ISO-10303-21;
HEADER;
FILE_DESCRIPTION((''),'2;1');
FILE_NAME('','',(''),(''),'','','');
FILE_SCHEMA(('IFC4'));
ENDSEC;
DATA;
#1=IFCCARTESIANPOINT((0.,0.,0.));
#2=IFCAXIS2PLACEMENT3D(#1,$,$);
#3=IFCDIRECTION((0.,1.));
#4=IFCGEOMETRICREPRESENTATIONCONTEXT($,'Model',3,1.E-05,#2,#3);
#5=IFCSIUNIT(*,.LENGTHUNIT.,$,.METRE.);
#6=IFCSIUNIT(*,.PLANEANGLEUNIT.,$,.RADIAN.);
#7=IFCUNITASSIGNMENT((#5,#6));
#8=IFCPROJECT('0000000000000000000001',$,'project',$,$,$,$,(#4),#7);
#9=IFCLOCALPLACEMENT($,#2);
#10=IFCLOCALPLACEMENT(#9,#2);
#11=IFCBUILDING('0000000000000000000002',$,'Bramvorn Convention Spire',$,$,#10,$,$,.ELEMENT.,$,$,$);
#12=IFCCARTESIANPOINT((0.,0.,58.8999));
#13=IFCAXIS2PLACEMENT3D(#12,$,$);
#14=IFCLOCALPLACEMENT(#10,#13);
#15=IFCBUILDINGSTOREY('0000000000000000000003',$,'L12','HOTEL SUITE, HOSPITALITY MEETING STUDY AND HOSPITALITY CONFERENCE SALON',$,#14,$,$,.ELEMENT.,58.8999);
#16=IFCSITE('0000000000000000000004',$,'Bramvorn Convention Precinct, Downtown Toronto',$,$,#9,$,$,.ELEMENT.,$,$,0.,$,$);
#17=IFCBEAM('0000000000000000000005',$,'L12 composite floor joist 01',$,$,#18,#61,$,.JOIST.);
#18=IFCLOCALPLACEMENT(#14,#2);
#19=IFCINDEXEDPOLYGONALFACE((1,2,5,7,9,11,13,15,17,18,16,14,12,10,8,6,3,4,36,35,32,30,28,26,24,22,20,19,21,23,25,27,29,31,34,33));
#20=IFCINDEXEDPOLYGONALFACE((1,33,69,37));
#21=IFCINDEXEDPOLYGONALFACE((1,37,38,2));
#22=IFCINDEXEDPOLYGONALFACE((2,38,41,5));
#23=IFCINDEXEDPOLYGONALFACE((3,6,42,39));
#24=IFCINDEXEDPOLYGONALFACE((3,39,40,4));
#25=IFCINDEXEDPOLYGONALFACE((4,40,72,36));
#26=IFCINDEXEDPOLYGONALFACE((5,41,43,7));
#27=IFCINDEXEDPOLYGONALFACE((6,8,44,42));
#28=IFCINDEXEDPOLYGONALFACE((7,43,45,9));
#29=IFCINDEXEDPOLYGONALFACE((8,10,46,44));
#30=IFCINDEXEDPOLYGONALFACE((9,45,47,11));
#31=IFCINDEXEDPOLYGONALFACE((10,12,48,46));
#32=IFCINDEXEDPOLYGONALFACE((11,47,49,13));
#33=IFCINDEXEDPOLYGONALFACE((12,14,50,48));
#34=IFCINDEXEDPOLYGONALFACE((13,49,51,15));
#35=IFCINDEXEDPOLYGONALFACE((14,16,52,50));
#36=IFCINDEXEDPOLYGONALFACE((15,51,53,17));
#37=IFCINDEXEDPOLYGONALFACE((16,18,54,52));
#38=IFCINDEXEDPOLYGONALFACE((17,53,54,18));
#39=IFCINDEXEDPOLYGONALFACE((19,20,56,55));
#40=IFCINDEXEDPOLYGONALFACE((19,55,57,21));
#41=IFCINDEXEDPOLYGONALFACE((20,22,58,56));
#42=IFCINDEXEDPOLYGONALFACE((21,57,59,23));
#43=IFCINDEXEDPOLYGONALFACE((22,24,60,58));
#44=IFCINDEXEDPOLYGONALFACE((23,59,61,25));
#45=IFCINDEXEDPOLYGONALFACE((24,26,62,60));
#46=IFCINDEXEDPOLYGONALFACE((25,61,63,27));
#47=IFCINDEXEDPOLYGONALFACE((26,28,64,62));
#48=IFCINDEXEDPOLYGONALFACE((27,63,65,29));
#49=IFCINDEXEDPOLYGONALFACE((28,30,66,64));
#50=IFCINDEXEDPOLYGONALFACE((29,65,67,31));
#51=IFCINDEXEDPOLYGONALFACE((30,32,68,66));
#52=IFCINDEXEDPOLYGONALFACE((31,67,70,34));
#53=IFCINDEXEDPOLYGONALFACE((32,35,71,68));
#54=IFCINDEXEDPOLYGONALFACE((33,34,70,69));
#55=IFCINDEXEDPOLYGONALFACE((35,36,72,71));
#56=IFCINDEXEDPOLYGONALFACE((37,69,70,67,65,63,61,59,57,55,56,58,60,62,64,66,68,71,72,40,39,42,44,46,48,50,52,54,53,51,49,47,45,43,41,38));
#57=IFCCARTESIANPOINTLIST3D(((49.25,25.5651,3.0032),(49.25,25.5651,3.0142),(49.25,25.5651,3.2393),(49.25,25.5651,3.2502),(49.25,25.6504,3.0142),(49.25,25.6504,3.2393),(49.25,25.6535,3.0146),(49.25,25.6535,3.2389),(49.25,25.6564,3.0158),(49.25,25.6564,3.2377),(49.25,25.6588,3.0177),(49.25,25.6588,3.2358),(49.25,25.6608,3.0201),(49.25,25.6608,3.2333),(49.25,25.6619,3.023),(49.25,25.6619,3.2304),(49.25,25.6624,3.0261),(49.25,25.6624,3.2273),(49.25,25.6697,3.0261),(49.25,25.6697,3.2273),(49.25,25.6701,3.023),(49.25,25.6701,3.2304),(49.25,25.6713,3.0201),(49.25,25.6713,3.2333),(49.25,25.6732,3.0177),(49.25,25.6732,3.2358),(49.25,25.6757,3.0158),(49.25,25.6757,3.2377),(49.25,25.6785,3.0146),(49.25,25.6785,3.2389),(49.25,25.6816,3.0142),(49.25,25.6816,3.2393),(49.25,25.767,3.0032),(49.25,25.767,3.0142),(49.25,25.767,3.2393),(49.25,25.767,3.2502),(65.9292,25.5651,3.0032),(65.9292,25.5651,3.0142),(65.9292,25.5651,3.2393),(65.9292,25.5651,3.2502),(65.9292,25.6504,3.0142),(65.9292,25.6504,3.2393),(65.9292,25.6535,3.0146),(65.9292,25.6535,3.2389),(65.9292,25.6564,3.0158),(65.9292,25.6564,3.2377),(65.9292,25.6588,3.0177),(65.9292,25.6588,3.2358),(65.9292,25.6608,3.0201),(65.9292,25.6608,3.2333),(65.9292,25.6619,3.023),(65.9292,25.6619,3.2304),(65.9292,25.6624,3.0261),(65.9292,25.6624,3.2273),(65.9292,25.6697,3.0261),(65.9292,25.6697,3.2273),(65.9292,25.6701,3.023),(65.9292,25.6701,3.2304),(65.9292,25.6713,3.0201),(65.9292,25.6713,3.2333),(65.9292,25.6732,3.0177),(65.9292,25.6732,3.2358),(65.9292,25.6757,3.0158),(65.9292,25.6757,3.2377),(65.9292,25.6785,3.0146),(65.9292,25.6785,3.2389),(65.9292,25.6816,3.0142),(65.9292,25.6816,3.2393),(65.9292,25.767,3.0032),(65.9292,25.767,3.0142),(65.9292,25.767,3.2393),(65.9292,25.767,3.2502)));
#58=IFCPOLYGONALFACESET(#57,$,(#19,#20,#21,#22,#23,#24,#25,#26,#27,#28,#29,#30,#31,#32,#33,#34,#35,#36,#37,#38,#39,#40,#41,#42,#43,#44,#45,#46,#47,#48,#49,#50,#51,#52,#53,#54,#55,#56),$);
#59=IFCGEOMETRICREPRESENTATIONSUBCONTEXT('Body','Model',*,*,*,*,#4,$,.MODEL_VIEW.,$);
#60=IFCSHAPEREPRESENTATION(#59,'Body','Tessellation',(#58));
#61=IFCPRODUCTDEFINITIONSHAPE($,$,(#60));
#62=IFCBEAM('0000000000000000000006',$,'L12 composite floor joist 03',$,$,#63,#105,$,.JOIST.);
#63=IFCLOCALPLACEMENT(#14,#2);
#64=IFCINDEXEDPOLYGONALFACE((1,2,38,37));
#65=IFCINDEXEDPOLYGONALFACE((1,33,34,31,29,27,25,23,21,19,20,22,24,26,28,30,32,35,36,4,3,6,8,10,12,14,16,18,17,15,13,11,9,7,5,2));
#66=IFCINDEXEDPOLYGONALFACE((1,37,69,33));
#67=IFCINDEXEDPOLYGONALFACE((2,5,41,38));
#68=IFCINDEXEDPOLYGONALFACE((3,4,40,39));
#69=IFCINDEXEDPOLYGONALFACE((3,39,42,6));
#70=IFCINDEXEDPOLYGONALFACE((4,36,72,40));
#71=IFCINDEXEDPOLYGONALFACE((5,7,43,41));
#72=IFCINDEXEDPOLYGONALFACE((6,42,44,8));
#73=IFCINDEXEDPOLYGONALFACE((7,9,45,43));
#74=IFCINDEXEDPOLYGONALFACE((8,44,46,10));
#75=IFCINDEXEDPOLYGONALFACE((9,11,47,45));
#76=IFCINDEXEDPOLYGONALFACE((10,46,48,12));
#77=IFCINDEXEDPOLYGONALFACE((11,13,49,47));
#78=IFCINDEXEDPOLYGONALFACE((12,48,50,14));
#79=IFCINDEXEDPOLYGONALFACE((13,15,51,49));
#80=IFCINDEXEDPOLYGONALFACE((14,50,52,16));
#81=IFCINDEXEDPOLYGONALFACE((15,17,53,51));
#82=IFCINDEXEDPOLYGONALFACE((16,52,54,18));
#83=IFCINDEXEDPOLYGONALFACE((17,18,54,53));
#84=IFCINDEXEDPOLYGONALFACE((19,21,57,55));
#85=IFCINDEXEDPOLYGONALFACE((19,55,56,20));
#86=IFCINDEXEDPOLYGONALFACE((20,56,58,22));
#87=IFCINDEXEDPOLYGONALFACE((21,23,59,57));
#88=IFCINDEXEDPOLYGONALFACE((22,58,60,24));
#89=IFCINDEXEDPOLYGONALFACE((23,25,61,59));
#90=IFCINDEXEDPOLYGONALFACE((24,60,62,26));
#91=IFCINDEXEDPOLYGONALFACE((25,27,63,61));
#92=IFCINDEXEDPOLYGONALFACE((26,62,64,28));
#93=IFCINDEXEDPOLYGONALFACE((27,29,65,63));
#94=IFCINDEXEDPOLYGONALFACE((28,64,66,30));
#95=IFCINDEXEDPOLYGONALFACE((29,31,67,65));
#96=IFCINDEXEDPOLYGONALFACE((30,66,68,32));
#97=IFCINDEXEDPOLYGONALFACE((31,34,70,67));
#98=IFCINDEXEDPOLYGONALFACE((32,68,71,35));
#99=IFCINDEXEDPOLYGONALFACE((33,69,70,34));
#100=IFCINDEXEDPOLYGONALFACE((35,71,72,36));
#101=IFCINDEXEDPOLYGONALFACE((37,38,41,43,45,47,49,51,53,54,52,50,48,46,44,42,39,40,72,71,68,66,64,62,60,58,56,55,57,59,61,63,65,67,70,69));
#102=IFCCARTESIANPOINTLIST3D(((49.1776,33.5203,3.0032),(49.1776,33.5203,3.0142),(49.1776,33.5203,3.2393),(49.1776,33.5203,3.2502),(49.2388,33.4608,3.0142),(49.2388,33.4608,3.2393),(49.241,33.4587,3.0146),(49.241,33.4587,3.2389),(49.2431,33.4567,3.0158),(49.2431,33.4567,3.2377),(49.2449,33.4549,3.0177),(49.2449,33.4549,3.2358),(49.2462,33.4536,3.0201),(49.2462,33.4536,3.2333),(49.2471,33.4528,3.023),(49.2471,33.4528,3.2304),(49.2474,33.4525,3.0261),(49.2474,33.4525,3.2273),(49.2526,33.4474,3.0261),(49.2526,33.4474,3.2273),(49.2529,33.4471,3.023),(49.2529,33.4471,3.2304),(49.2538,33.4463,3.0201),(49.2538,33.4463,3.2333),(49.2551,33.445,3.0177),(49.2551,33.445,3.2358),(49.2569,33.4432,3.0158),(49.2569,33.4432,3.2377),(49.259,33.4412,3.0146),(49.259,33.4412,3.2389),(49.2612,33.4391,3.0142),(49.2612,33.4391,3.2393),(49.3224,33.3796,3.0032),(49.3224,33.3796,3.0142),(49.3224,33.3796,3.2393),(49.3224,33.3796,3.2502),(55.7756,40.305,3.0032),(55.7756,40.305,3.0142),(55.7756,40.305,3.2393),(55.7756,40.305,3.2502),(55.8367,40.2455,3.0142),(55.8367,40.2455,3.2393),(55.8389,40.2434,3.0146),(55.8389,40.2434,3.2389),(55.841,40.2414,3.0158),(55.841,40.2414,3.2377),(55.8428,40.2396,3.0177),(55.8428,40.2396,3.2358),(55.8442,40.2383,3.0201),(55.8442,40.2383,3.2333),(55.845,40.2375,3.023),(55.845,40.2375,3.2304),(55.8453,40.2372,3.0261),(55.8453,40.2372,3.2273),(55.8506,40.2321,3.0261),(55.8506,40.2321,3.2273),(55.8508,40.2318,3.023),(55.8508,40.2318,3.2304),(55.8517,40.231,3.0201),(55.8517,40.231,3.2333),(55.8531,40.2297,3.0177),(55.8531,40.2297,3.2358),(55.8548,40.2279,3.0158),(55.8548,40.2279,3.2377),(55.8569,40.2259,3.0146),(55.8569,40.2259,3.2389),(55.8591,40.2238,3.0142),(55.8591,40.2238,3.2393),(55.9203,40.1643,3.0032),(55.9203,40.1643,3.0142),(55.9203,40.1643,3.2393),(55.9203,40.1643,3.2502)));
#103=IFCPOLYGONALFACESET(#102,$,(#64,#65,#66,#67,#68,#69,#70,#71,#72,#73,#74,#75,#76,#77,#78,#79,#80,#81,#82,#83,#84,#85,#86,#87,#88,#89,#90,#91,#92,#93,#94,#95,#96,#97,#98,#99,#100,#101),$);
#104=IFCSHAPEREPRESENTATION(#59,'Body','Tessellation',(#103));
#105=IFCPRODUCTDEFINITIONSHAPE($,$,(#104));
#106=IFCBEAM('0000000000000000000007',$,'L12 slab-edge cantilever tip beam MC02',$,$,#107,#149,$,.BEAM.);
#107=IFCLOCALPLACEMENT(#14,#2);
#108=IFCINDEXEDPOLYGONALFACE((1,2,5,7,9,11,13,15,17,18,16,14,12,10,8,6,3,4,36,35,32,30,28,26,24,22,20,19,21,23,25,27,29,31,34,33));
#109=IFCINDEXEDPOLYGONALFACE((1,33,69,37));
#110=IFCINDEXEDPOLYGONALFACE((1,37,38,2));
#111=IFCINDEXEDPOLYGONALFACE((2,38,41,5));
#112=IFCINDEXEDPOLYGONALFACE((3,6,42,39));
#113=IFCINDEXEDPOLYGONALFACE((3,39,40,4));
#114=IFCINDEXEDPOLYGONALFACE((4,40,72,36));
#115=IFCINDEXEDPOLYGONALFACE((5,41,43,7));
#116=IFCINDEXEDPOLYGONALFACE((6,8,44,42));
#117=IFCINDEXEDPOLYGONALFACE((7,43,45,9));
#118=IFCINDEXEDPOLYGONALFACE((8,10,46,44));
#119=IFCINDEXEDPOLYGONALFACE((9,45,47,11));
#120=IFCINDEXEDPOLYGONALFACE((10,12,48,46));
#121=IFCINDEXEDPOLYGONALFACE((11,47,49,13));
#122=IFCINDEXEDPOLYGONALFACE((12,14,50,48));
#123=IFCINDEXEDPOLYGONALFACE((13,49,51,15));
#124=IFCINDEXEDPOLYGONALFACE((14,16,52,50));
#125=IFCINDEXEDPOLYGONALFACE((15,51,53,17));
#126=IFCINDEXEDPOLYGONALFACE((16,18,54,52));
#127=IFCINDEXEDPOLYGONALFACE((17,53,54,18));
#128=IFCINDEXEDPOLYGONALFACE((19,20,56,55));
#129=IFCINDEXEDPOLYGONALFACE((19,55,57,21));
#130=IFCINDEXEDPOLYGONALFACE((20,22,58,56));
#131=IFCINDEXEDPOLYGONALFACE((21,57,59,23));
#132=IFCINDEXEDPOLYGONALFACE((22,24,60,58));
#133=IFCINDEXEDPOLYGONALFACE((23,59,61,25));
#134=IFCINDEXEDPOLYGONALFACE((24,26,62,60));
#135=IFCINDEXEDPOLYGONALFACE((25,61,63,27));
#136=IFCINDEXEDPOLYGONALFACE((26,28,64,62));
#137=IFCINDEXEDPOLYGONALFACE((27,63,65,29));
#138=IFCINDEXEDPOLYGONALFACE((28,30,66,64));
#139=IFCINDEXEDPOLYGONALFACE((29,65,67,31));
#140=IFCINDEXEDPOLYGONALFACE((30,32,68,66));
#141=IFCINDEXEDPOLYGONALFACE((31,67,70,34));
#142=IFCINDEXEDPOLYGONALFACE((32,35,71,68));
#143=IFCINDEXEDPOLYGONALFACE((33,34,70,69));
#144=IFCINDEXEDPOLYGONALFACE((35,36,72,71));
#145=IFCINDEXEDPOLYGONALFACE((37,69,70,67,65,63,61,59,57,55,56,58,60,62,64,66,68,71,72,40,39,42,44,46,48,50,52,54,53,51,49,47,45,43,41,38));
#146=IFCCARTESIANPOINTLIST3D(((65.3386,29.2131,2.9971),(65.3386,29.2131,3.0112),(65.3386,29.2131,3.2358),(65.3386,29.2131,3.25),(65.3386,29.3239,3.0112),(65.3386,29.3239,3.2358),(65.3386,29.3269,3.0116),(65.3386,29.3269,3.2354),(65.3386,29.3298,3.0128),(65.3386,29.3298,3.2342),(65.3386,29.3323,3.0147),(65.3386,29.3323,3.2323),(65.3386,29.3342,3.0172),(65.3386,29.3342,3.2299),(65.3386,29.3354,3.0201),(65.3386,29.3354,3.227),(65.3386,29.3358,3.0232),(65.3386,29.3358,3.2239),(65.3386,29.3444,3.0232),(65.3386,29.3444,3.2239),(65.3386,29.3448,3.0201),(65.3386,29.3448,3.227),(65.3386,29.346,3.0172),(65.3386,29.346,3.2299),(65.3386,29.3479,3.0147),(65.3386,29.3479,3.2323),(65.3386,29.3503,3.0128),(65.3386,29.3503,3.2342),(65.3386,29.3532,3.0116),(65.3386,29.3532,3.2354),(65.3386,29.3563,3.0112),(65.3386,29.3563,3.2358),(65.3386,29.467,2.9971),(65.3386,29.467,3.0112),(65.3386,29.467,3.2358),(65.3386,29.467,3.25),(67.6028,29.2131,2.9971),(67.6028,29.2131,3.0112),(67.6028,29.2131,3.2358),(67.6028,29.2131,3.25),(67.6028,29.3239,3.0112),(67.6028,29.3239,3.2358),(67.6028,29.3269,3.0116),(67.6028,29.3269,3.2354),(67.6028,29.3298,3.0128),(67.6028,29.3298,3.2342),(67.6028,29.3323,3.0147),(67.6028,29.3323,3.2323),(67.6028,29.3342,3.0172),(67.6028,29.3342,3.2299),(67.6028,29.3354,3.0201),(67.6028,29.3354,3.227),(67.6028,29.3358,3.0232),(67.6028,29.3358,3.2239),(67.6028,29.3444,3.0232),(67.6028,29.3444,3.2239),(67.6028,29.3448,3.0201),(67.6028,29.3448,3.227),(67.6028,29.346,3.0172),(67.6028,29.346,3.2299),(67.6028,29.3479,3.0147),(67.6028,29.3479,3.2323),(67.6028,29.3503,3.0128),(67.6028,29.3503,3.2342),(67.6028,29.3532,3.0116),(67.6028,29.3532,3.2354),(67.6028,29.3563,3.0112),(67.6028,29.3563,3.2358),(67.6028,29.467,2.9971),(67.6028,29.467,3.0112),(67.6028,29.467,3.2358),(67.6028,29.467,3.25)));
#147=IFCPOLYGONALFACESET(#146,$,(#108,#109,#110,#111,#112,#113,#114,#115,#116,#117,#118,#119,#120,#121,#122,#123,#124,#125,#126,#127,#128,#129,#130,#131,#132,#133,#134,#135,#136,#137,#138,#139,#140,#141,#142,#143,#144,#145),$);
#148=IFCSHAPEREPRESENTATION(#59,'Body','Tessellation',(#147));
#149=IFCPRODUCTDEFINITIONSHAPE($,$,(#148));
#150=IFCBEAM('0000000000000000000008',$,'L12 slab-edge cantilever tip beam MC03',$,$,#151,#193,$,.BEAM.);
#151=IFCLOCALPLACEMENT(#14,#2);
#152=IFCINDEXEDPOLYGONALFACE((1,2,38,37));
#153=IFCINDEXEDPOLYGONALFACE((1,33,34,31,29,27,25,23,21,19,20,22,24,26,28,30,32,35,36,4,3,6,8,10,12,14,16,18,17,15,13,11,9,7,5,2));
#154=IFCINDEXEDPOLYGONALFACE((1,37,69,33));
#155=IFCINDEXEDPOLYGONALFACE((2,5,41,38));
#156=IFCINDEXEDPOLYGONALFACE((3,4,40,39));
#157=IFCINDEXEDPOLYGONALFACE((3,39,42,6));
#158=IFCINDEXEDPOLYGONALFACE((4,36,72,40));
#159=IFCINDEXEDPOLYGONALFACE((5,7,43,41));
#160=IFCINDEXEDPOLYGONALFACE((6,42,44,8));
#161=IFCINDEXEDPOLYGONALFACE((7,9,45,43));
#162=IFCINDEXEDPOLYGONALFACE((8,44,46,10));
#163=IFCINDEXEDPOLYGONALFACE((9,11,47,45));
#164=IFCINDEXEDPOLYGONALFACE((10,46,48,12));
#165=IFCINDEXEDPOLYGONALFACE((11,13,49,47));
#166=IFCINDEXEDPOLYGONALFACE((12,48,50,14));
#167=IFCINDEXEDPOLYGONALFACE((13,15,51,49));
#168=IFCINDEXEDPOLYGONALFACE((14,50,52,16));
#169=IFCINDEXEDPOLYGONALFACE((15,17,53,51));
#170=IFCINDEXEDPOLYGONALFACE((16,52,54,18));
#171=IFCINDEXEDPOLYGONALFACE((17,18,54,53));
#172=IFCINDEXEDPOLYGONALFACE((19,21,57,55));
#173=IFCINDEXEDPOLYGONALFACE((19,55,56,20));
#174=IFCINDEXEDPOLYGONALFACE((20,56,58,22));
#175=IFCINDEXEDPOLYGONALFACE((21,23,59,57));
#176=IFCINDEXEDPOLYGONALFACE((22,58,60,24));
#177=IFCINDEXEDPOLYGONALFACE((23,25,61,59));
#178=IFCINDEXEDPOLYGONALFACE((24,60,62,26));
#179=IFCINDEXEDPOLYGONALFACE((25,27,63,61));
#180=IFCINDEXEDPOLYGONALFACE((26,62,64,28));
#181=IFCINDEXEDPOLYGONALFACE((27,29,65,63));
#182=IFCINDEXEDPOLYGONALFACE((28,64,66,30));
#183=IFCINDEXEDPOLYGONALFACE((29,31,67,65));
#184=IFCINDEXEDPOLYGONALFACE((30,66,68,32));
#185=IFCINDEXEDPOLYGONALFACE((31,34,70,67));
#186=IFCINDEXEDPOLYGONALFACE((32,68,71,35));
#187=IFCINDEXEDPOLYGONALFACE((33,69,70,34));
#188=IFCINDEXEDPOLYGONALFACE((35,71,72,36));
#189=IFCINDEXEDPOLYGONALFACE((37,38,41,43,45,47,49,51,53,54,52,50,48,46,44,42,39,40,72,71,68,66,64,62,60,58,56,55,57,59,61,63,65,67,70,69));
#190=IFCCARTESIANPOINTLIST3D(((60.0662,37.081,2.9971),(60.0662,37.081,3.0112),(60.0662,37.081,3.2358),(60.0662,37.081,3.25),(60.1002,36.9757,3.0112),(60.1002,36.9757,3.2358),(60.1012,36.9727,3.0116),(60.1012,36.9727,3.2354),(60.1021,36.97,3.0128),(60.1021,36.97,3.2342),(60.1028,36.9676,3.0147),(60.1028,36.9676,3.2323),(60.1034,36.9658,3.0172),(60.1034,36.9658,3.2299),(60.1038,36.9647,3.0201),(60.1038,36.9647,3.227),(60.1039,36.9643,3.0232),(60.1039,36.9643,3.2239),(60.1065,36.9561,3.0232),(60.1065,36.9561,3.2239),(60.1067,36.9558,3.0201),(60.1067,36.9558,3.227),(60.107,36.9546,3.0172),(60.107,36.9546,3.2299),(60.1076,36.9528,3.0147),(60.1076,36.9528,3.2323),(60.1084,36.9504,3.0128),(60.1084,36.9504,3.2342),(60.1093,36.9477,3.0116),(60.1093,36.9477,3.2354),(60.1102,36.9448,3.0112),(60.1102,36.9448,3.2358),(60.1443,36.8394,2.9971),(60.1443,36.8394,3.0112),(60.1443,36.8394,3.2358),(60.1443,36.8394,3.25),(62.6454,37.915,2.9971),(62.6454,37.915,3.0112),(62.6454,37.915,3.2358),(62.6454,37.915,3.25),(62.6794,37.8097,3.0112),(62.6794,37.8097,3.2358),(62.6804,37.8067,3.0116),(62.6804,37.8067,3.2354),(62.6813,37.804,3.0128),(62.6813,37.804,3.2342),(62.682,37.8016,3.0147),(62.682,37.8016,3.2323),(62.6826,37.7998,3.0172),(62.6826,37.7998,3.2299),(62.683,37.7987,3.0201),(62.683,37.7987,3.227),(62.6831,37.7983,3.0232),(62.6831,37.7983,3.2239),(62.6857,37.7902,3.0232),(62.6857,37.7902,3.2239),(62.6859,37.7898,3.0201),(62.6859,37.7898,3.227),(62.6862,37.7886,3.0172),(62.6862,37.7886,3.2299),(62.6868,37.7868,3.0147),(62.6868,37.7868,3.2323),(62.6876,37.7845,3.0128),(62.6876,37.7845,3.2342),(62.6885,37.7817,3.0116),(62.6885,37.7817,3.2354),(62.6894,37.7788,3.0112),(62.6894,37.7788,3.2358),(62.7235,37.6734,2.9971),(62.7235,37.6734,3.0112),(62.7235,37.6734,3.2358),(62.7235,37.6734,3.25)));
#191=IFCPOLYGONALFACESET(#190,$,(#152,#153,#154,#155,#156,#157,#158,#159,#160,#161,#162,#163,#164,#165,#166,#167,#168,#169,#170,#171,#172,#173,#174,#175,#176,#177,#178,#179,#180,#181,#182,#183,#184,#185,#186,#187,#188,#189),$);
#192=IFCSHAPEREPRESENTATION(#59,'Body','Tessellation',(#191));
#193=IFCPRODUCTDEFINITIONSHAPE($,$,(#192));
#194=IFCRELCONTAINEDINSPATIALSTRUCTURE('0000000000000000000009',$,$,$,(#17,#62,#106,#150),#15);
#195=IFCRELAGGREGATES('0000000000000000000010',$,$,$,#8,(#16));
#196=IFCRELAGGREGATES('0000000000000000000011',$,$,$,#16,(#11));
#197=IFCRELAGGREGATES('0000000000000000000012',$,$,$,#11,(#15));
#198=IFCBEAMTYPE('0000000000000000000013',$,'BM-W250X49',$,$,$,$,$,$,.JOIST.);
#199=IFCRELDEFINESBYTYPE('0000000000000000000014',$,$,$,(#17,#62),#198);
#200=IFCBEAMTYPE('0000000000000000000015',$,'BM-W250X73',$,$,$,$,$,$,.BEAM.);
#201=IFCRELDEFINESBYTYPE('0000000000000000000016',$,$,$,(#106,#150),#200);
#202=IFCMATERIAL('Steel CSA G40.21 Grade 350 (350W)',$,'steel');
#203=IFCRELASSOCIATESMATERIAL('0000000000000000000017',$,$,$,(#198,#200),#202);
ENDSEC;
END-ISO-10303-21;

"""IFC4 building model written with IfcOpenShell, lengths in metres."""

from ifc_helpers import new_model, si_unit, direction, frame, origin, origin_2d, place, context, subcontext, project, spatial, i_section, extrude, material, material_profile, profile_set, type_object, element, save


model = new_model("IFC4")

# Units and contexts
model_context = context("Model", 3, precision=1e-05, world=origin(), true_north=direction((0.0, 1.0)))
body_context = subcontext(model_context, "Body", "Model", "MODEL_VIEW")
ifc_project = project(units=[si_unit("LENGTHUNIT", "METRE"), si_unit("PLANEANGLEUNIT", "RADIAN")], contexts=[model_context])

# Site, building, storey
site_placement = place(None, origin())
site = spatial("IfcSite", under=ifc_project, at=site_placement, Name="Bramvorn Convention Precinct, Downtown Toronto", CompositionType="ELEMENT", RefElevation=0.0)
building_placement = place(site_placement, origin())
building = spatial("IfcBuilding", under=site, at=building_placement, Name="Bramvorn Convention Spire", CompositionType="ELEMENT")
storey_placement = place(building_placement, frame((0.0, 0.0, 58.8999)))
storey = spatial("IfcBuildingStorey", under=building, at=storey_placement, Name="L12", Description="HOTEL SUITE, HOSPITALITY MEETING STUDY AND HOSPITALITY CONFERENCE SALON", CompositionType="ELEMENT", Elevation=58.8999)

# Shared definitions
ifc_material_1 = material(Name="Steel CSA G40.21 Grade 350 (350W)", Category="steel")

# Beams
ifc_material_profile_1 = material_profile(ifc_material_1, i_section(OverallWidth=0.2019, OverallDepth=0.2471, WebThickness=0.0073, FlangeThickness=0.011, FilletRadius=0.012, at=origin_2d()))
ifc_profile_set_1 = profile_set([ifc_material_profile_1], Name="Steel CSA G40.21 Grade 350 (350W) - W250X49")
beam_type_1 = type_object("IfcBeamType", Name="BM-W250X49", PredefinedType="JOIST", material=ifc_profile_set_1)
beam_1_placement = place(storey_placement, frame((49.25, 25.666, 3.1267), z_axis=(1.0, 0.0, 0.0), x_axis=(0.0, 1.0, 0.0)))
element("IfcBeam", 1, at=beam_1_placement, inside=storey, type_object=beam_type_1, Name="L12 composite floor joist 01", PredefinedType="JOIST", context=body_context, shape_type="SweptSolid", body=[
    extrude(i_section(OverallWidth=0.2019, OverallDepth=0.2471, WebThickness=0.0073, FlangeThickness=0.011, FilletRadius=0.012, at=origin_2d()), origin(), (0.0, 0.0, 1.0), 16.6792),
])
beam_2_placement = place(storey_placement, frame((49.25, 33.45, 3.1267), z_axis=(0.69717, 0.716905, 0.0), x_axis=(-0.716905, 0.69717, 0.0)))
element("IfcBeam", 2, at=beam_2_placement, inside=storey, type_object=beam_type_1, Name="L12 composite floor joist 03", PredefinedType="JOIST", context=body_context, shape_type="SweptSolid", body=[
    extrude(i_section(OverallWidth=0.2019, OverallDepth=0.2471, WebThickness=0.0073, FlangeThickness=0.011, FilletRadius=0.012, at=origin_2d()), origin(), (0.0, 0.0, 1.0), 9.4639),
])
ifc_material_profile_2 = material_profile(ifc_material_1, i_section(OverallWidth=0.2539, OverallDepth=0.2529, WebThickness=0.0085, FlangeThickness=0.0142, FilletRadius=0.012, at=origin_2d()))
ifc_profile_set_2 = profile_set([ifc_material_profile_2], Name="Steel CSA G40.21 Grade 350 (350W) - W250X73")
beam_type_2 = type_object("IfcBeamType", Name="BM-W250X73", PredefinedType="BEAM", material=ifc_profile_set_2)
beam_3_placement = place(storey_placement, frame((65.3386, 29.3401, 3.1235), z_axis=(1.0, 0.0, 0.0), x_axis=(0.0, 1.0, 0.0)))
element("IfcBeam", 3, at=beam_3_placement, inside=storey, type_object=beam_type_2, Name="L12 slab-edge cantilever tip beam MC02", PredefinedType="BEAM", context=body_context, shape_type="SweptSolid", body=[
    extrude(i_section(OverallWidth=0.2539, OverallDepth=0.2529, WebThickness=0.0085, FlangeThickness=0.0142, FilletRadius=0.012, at=origin_2d()), origin(), (0.0, 0.0, 1.0), 2.2642),
])
beam_4_placement = place(storey_placement, frame((60.1052, 36.9602, 3.1235), z_axis=(0.951491, 0.307676, 0.0), x_axis=(-0.307676, 0.951491, 0.0)))
element("IfcBeam", 4, at=beam_4_placement, inside=storey, type_object=beam_type_2, Name="L12 slab-edge cantilever tip beam MC03", PredefinedType="BEAM", context=body_context, shape_type="SweptSolid", body=[
    extrude(i_section(OverallWidth=0.2539, OverallDepth=0.2529, WebThickness=0.0085, FlangeThickness=0.0142, FilletRadius=0.012, at=origin_2d()), origin(), (0.0, 0.0, 1.0), 2.7107),
])

save(model, "model.ifc")
